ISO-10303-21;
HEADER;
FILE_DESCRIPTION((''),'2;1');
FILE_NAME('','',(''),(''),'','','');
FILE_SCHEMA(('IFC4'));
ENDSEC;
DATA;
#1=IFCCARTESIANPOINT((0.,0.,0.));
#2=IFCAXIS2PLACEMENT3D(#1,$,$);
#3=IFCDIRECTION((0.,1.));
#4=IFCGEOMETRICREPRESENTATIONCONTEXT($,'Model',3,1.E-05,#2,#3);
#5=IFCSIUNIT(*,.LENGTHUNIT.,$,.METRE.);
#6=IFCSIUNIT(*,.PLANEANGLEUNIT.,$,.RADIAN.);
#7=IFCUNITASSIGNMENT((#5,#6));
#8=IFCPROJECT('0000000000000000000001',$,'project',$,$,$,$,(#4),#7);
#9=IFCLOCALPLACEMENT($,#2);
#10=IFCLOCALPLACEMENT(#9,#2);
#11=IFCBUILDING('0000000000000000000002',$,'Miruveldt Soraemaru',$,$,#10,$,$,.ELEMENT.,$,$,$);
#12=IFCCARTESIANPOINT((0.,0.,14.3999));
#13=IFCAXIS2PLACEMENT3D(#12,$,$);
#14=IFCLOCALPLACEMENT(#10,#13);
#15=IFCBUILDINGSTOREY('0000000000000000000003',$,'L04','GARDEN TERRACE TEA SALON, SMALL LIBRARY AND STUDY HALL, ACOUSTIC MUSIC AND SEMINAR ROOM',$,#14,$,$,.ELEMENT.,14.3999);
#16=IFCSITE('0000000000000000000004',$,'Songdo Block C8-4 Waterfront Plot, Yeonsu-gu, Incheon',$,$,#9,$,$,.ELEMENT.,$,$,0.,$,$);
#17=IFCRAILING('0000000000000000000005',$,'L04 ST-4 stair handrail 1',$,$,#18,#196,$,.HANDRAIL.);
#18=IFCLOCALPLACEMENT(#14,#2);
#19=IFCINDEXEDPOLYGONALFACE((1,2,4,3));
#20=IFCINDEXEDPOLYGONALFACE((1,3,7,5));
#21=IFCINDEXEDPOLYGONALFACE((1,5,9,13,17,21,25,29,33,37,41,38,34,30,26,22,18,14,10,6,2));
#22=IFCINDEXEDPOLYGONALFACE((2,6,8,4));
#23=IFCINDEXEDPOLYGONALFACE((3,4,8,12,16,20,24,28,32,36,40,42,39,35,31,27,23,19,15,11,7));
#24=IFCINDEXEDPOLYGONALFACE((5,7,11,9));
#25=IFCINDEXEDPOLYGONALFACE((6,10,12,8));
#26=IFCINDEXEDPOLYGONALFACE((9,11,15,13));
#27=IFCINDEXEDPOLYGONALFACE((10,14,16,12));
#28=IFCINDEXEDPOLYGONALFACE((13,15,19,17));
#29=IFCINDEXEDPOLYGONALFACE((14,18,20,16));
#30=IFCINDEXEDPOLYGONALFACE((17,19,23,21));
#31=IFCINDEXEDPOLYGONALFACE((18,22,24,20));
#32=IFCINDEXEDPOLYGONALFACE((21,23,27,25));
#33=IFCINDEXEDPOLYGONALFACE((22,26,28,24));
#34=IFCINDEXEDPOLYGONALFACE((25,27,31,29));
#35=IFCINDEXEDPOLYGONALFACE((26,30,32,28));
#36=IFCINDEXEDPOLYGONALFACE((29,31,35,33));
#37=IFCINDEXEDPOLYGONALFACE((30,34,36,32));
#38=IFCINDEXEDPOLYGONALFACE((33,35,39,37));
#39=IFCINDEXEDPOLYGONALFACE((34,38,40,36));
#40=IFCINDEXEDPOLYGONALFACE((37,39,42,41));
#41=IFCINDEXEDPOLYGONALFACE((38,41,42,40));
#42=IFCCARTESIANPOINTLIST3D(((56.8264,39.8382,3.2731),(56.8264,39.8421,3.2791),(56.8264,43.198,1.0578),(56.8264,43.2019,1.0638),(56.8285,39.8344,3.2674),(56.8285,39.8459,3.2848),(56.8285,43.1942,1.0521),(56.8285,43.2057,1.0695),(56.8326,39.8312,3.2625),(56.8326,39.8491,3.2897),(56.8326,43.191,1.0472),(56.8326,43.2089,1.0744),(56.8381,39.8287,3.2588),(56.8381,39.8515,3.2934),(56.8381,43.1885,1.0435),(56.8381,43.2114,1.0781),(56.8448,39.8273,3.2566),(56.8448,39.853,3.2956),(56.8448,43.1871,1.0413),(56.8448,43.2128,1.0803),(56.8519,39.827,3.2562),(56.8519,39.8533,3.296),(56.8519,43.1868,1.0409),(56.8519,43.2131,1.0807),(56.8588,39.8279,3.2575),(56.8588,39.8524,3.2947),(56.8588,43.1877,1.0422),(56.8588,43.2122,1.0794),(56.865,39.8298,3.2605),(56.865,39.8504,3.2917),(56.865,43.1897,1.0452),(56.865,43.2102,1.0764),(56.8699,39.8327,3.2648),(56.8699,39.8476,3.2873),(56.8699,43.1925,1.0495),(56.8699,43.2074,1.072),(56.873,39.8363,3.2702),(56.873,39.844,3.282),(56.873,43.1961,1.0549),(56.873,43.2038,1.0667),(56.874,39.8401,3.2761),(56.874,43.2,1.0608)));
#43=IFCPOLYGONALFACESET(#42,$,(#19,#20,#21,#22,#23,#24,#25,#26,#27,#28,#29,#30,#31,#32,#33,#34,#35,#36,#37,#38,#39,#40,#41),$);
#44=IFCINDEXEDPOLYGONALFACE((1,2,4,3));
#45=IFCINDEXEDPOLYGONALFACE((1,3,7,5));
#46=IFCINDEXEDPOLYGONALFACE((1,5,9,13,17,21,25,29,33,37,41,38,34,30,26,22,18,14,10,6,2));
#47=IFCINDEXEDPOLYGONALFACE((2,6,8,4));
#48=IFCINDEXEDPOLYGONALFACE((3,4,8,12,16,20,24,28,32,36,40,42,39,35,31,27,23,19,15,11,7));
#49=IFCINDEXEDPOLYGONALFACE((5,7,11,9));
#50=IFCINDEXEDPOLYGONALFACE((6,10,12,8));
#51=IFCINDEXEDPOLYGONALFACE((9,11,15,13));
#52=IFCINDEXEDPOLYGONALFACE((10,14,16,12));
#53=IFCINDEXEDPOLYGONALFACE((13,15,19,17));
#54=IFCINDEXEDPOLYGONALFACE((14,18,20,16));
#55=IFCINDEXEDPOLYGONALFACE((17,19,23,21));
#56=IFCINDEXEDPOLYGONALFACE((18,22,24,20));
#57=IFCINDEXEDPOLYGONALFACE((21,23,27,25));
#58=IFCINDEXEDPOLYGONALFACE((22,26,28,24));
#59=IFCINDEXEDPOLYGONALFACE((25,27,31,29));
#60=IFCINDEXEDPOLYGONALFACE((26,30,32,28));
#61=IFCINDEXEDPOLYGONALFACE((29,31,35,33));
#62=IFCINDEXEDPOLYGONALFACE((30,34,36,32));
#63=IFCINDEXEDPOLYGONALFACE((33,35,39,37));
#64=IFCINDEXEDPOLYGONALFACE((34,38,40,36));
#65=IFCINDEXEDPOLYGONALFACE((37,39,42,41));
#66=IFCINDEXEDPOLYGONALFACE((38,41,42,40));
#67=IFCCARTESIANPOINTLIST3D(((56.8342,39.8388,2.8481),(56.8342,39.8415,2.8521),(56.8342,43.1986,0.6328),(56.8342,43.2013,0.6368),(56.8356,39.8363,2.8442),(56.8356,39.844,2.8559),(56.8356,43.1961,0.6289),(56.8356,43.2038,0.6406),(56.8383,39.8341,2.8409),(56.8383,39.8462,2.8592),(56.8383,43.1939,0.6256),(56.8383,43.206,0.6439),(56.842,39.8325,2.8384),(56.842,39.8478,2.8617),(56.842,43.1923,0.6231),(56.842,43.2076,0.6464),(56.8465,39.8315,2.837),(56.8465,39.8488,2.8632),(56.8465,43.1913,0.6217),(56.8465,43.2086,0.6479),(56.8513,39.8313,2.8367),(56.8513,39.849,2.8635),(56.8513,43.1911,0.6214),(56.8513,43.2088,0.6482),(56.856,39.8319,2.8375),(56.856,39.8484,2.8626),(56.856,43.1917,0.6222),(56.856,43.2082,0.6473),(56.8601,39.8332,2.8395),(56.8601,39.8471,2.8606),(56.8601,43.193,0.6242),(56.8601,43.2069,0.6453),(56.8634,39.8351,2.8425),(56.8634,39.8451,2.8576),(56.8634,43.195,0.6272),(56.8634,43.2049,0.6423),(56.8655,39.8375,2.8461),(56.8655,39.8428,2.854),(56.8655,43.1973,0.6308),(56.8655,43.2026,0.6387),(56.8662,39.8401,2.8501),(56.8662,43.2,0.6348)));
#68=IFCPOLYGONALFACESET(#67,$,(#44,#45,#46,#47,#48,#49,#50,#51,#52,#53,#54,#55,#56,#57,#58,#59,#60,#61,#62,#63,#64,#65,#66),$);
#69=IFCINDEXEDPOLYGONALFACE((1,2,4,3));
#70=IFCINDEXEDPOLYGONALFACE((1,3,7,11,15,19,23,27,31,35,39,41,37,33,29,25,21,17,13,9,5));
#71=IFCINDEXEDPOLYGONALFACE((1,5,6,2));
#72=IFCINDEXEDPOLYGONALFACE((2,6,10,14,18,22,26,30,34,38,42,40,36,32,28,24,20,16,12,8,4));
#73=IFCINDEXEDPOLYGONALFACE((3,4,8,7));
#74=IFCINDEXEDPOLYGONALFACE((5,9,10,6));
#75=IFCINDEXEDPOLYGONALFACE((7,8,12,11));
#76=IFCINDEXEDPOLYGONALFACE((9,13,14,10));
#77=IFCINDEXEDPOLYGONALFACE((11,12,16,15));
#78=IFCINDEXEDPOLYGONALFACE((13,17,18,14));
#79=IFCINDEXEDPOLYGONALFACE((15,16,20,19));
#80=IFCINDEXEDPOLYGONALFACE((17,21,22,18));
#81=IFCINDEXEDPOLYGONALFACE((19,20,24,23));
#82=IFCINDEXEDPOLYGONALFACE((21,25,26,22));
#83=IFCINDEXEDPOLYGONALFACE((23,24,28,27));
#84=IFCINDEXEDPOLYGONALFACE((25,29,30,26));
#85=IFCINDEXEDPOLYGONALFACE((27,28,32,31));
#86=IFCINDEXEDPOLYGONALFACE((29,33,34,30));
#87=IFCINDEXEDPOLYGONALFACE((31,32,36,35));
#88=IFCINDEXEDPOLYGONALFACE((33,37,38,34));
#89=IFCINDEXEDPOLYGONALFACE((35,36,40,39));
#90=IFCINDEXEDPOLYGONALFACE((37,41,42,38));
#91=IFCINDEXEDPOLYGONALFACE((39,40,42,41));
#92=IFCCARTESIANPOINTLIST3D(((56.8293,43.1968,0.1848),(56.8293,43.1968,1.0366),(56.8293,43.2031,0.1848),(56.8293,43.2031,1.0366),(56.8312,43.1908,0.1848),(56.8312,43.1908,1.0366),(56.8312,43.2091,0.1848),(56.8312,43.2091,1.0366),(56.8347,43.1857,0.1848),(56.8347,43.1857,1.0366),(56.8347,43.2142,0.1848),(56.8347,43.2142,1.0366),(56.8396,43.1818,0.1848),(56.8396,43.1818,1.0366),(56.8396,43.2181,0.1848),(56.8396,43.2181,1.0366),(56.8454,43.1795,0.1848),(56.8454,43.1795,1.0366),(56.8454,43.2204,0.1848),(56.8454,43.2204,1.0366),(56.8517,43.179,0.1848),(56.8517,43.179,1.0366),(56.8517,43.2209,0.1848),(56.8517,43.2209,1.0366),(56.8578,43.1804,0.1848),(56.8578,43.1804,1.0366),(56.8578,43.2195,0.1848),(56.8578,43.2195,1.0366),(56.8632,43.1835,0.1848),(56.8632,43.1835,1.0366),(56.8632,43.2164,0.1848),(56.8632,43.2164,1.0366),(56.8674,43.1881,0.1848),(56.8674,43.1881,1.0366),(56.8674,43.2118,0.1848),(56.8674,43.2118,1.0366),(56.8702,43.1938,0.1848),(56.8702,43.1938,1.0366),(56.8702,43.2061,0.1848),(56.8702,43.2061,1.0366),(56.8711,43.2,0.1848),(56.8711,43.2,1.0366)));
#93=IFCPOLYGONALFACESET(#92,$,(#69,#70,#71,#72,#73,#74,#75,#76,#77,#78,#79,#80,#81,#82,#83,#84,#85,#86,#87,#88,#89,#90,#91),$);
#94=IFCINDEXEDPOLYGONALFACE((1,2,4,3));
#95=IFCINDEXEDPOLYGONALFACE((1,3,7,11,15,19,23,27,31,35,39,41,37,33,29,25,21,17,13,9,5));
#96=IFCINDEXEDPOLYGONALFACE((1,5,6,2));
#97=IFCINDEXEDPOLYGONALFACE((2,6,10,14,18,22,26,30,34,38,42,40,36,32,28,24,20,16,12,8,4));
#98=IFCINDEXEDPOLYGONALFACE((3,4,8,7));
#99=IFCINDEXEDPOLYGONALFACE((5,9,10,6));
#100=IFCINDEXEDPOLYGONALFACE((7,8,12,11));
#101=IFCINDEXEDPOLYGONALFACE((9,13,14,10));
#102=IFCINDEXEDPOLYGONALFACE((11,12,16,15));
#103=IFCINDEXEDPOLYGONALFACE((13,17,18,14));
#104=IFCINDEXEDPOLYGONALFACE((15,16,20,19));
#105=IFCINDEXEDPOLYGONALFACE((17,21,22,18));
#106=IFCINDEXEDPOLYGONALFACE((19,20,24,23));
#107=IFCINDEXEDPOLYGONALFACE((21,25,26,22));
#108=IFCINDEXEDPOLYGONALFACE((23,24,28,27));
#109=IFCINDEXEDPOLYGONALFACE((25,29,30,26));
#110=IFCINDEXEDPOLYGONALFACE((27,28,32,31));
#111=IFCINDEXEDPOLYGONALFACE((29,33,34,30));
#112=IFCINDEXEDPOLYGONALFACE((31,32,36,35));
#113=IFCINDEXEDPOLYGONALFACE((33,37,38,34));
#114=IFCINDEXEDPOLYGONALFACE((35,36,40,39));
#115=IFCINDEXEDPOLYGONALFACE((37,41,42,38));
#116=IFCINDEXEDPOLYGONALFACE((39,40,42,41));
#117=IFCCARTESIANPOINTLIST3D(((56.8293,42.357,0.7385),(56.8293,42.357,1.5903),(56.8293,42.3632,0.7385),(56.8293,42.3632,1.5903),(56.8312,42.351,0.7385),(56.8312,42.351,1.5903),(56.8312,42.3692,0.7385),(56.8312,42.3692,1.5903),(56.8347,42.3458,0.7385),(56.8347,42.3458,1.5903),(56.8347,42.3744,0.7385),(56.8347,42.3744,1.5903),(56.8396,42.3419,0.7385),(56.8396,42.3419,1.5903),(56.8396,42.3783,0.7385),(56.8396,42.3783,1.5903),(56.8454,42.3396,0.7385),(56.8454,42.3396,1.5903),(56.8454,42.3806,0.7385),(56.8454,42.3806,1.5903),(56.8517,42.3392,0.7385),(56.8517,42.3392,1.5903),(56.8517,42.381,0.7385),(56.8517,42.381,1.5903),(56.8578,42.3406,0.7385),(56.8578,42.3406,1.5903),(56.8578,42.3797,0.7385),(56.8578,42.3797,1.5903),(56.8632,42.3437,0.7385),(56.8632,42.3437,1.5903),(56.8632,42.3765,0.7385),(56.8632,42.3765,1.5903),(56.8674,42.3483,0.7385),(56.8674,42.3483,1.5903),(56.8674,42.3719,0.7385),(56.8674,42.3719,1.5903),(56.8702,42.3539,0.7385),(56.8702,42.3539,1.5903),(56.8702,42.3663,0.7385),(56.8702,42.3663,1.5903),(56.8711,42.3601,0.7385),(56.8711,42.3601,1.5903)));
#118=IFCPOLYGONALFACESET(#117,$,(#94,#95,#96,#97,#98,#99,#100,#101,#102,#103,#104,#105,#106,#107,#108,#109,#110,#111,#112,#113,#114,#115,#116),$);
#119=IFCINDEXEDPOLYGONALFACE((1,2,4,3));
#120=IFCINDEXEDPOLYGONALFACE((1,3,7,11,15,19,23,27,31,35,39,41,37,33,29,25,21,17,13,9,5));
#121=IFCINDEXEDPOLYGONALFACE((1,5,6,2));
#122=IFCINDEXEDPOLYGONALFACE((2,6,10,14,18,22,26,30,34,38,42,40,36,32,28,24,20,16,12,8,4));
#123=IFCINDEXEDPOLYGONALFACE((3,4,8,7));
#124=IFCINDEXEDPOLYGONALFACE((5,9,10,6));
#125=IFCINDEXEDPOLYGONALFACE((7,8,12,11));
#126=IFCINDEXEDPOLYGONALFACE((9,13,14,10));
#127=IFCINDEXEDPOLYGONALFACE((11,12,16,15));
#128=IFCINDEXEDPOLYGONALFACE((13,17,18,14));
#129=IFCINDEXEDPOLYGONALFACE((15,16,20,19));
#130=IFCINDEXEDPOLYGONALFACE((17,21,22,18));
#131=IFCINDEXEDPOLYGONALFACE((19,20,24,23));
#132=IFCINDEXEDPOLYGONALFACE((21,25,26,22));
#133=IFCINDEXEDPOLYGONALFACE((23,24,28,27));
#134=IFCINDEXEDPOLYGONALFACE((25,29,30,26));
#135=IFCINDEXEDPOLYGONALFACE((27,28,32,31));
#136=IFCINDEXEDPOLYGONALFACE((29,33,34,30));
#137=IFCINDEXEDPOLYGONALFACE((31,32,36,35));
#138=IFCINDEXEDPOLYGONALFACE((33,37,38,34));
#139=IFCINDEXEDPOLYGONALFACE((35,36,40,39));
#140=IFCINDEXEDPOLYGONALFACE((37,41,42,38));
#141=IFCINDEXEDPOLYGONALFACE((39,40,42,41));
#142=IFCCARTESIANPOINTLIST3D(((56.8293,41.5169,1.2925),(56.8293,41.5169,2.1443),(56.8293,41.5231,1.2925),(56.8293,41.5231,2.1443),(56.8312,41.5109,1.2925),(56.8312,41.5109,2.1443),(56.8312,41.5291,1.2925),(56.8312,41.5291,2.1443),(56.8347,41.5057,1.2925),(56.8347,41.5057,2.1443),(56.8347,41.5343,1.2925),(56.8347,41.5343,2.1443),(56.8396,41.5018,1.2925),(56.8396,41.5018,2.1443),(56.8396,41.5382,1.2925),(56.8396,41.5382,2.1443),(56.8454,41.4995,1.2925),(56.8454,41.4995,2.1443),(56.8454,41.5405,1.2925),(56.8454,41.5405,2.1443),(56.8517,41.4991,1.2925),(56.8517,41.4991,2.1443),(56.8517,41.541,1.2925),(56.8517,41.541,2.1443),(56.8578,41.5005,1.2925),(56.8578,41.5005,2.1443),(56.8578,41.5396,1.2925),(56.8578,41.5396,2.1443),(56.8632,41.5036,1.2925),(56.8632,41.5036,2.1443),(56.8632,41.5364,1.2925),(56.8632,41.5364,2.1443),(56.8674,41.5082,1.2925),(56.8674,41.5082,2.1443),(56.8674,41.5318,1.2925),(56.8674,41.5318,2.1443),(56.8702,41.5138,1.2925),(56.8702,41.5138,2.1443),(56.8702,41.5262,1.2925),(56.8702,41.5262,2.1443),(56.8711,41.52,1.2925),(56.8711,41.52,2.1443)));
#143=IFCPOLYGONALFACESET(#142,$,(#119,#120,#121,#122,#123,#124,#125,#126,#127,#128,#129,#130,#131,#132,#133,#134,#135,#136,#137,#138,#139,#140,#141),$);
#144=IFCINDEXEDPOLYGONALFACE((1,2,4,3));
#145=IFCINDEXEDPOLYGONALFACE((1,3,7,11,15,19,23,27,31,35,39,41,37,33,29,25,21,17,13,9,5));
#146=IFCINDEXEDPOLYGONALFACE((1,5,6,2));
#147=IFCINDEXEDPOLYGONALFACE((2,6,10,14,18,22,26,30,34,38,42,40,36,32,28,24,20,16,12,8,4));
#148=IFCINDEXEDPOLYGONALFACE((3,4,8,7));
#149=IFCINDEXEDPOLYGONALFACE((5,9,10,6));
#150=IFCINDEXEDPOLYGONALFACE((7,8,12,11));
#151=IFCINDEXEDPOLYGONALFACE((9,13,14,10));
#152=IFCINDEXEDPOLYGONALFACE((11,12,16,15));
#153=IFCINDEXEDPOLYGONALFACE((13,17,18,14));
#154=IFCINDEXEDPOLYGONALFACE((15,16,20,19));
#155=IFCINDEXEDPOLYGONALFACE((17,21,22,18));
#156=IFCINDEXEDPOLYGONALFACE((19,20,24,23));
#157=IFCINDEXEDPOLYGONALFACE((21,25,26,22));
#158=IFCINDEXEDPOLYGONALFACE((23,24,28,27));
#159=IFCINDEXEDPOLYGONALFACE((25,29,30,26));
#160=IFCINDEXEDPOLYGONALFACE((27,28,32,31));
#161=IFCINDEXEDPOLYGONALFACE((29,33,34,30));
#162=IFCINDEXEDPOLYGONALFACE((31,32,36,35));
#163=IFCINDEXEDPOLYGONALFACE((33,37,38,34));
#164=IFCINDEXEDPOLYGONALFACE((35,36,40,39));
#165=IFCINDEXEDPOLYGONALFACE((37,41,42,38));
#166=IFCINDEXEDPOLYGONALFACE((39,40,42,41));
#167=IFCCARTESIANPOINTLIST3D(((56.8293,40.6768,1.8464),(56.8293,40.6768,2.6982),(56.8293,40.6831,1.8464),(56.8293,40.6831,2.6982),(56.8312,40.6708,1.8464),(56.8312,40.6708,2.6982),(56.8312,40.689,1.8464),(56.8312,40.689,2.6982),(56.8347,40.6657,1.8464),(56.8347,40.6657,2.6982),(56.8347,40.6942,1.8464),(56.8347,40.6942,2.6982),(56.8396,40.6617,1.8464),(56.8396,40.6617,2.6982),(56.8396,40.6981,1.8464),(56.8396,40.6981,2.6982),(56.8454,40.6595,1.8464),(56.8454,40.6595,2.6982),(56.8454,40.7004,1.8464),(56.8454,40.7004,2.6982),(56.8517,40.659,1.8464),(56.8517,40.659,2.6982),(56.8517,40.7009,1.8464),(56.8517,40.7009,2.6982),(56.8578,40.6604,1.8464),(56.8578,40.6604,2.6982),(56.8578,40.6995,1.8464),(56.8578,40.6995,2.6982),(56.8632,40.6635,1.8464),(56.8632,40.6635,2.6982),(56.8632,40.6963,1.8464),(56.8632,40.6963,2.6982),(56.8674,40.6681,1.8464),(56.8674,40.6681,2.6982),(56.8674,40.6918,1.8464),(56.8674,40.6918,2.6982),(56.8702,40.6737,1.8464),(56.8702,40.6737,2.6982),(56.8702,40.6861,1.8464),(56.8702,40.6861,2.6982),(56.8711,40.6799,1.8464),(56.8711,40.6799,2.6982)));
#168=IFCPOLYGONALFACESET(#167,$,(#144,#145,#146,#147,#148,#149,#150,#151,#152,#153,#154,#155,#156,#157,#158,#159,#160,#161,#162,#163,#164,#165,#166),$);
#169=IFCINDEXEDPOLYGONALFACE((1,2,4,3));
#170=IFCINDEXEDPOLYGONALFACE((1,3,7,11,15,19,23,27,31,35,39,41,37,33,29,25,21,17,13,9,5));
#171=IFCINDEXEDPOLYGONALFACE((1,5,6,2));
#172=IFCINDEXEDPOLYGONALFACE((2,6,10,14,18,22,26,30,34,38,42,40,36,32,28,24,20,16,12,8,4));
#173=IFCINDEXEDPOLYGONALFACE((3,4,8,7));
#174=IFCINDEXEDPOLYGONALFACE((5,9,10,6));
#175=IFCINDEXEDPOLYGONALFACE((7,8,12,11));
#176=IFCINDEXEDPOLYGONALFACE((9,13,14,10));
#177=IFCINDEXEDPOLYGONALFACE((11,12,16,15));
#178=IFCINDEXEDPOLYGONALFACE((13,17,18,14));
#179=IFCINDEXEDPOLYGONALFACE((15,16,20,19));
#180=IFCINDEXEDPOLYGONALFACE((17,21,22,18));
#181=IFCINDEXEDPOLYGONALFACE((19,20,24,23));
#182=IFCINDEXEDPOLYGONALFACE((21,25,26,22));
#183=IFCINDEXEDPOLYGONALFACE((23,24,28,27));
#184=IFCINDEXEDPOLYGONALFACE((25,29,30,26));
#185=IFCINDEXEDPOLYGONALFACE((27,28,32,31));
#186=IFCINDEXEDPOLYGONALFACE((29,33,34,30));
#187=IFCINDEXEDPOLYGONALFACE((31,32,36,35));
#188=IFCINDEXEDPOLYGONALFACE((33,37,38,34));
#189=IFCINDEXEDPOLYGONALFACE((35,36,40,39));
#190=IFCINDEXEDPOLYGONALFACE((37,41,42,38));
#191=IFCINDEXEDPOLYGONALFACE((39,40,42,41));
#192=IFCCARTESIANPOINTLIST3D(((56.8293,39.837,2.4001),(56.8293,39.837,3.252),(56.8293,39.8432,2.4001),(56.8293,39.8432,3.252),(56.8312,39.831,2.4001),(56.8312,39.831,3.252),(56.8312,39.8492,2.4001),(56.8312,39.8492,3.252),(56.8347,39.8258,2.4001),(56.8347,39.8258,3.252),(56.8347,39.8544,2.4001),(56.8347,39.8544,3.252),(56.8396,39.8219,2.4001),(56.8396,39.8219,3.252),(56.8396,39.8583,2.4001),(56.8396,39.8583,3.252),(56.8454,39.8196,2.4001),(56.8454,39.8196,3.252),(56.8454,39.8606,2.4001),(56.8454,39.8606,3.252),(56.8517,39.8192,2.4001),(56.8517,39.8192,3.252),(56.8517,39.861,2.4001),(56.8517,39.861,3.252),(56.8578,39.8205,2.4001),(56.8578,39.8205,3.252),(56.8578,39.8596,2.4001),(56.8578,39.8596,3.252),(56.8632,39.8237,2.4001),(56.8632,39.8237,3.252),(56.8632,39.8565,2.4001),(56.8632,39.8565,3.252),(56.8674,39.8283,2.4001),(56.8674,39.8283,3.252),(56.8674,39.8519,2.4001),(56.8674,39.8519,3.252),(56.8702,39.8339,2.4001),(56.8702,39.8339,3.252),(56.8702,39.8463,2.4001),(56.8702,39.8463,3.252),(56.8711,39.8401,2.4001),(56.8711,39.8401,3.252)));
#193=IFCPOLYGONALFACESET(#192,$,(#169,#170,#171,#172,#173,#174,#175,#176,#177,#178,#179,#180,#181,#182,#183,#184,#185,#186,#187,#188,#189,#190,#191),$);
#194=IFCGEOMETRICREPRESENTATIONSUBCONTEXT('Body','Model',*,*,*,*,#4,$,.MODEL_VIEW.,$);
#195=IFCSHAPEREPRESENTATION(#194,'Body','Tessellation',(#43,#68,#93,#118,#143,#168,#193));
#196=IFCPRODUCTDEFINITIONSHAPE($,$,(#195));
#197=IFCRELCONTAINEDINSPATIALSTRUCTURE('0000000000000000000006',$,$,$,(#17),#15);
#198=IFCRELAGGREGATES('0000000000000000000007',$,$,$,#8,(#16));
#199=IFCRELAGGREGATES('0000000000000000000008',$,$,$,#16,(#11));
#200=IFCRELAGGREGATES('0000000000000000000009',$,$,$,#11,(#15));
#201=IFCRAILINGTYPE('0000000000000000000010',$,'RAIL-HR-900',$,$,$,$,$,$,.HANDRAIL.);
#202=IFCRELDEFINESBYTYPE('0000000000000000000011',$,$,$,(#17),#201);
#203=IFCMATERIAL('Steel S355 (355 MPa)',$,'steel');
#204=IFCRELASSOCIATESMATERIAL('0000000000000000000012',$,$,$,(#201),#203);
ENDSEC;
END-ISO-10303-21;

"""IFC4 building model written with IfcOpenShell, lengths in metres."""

from ifc_helpers import new_model, si_unit, direction, frame, origin, origin_2d, place, context, subcontext, project, spatial, circle, extrude, material, type_object, element, save


model = new_model("IFC4")

# Units and contexts
model_context = context("Model", 3, precision=1e-05, world=origin(), true_north=direction((0.0, 1.0)))
body_context = subcontext(model_context, "Body", "Model", "MODEL_VIEW")
ifc_project = project(units=[si_unit("LENGTHUNIT", "METRE"), si_unit("PLANEANGLEUNIT", "RADIAN")], contexts=[model_context])

# Site, building, storey
site_placement = place(None, origin())
site = spatial("IfcSite", under=ifc_project, at=site_placement, Name="Songdo Block C8-4 Waterfront Plot, Yeonsu-gu, Incheon", CompositionType="ELEMENT", RefElevation=0.0)
building_placement = place(site_placement, origin())
building = spatial("IfcBuilding", under=site, at=building_placement, Name="Miruveldt Soraemaru", CompositionType="ELEMENT")
storey_placement = place(building_placement, frame((0.0, 0.0, 14.3999)))
storey = spatial("IfcBuildingStorey", under=building, at=storey_placement, Name="L04", Description="GARDEN TERRACE TEA SALON, SMALL LIBRARY AND STUDY HALL, ACOUSTIC MUSIC AND SEMINAR ROOM", CompositionType="ELEMENT", Elevation=14.3999)

# Shared definitions
ifc_material_1 = material(Name="Steel S355 (355 MPa)", Category="steel")

# Railing
railing_type_1 = type_object("IfcRailingType", Name="RAIL-HR-900", PredefinedType="HANDRAIL", material=ifc_material_1)
railing_1_placement = place(storey_placement, frame((56.8501, 43.2, 0.1848)))
element("IfcRailing", 1, at=railing_1_placement, inside=storey, type_object=railing_type_1, Name="L04 ST-4 stair handrail 1", PredefinedType="HANDRAIL", context=body_context, shape_type="SweptSolid", body=[
    extrude(circle(Radius=0.0239, at=origin_2d()), frame((0.0, 0.0, 0.876), z_axis=(0.0, -0.834858, 0.550465), x_axis=(1.0, 0.0, 0.0)), (0.0, 0.0, 1.0), 4.0244),
    extrude(circle(Radius=0.0161, at=origin_2d()), frame((0.0, 0.0, 0.45), z_axis=(0.0, -0.834858, 0.550465), x_axis=(1.0, 0.0, 0.0)), (0.0, 0.0, 1.0), 4.0244),
    extrude(circle(Radius=0.021, at=origin_2d()), origin(), (0.0, 0.0, 1.0), 0.8518),
    extrude(circle(Radius=0.021, at=origin_2d()), frame((0.0, -0.8398, 0.5537)), (0.0, 0.0, 1.0), 0.8518),
    extrude(circle(Radius=0.021, at=origin_2d()), frame((0.0, -1.6799, 1.1077)), (0.0, 0.0, 1.0), 0.8518),
    extrude(circle(Radius=0.021, at=origin_2d()), frame((0.0, -2.52, 1.6616)), (0.0, 0.0, 1.0), 0.8518),
    extrude(circle(Radius=0.021, at=origin_2d()), frame((0.0, -3.3599, 2.2153)), (0.0, 0.0, 1.0), 0.8518),
])

save(model, "model.ifc")
